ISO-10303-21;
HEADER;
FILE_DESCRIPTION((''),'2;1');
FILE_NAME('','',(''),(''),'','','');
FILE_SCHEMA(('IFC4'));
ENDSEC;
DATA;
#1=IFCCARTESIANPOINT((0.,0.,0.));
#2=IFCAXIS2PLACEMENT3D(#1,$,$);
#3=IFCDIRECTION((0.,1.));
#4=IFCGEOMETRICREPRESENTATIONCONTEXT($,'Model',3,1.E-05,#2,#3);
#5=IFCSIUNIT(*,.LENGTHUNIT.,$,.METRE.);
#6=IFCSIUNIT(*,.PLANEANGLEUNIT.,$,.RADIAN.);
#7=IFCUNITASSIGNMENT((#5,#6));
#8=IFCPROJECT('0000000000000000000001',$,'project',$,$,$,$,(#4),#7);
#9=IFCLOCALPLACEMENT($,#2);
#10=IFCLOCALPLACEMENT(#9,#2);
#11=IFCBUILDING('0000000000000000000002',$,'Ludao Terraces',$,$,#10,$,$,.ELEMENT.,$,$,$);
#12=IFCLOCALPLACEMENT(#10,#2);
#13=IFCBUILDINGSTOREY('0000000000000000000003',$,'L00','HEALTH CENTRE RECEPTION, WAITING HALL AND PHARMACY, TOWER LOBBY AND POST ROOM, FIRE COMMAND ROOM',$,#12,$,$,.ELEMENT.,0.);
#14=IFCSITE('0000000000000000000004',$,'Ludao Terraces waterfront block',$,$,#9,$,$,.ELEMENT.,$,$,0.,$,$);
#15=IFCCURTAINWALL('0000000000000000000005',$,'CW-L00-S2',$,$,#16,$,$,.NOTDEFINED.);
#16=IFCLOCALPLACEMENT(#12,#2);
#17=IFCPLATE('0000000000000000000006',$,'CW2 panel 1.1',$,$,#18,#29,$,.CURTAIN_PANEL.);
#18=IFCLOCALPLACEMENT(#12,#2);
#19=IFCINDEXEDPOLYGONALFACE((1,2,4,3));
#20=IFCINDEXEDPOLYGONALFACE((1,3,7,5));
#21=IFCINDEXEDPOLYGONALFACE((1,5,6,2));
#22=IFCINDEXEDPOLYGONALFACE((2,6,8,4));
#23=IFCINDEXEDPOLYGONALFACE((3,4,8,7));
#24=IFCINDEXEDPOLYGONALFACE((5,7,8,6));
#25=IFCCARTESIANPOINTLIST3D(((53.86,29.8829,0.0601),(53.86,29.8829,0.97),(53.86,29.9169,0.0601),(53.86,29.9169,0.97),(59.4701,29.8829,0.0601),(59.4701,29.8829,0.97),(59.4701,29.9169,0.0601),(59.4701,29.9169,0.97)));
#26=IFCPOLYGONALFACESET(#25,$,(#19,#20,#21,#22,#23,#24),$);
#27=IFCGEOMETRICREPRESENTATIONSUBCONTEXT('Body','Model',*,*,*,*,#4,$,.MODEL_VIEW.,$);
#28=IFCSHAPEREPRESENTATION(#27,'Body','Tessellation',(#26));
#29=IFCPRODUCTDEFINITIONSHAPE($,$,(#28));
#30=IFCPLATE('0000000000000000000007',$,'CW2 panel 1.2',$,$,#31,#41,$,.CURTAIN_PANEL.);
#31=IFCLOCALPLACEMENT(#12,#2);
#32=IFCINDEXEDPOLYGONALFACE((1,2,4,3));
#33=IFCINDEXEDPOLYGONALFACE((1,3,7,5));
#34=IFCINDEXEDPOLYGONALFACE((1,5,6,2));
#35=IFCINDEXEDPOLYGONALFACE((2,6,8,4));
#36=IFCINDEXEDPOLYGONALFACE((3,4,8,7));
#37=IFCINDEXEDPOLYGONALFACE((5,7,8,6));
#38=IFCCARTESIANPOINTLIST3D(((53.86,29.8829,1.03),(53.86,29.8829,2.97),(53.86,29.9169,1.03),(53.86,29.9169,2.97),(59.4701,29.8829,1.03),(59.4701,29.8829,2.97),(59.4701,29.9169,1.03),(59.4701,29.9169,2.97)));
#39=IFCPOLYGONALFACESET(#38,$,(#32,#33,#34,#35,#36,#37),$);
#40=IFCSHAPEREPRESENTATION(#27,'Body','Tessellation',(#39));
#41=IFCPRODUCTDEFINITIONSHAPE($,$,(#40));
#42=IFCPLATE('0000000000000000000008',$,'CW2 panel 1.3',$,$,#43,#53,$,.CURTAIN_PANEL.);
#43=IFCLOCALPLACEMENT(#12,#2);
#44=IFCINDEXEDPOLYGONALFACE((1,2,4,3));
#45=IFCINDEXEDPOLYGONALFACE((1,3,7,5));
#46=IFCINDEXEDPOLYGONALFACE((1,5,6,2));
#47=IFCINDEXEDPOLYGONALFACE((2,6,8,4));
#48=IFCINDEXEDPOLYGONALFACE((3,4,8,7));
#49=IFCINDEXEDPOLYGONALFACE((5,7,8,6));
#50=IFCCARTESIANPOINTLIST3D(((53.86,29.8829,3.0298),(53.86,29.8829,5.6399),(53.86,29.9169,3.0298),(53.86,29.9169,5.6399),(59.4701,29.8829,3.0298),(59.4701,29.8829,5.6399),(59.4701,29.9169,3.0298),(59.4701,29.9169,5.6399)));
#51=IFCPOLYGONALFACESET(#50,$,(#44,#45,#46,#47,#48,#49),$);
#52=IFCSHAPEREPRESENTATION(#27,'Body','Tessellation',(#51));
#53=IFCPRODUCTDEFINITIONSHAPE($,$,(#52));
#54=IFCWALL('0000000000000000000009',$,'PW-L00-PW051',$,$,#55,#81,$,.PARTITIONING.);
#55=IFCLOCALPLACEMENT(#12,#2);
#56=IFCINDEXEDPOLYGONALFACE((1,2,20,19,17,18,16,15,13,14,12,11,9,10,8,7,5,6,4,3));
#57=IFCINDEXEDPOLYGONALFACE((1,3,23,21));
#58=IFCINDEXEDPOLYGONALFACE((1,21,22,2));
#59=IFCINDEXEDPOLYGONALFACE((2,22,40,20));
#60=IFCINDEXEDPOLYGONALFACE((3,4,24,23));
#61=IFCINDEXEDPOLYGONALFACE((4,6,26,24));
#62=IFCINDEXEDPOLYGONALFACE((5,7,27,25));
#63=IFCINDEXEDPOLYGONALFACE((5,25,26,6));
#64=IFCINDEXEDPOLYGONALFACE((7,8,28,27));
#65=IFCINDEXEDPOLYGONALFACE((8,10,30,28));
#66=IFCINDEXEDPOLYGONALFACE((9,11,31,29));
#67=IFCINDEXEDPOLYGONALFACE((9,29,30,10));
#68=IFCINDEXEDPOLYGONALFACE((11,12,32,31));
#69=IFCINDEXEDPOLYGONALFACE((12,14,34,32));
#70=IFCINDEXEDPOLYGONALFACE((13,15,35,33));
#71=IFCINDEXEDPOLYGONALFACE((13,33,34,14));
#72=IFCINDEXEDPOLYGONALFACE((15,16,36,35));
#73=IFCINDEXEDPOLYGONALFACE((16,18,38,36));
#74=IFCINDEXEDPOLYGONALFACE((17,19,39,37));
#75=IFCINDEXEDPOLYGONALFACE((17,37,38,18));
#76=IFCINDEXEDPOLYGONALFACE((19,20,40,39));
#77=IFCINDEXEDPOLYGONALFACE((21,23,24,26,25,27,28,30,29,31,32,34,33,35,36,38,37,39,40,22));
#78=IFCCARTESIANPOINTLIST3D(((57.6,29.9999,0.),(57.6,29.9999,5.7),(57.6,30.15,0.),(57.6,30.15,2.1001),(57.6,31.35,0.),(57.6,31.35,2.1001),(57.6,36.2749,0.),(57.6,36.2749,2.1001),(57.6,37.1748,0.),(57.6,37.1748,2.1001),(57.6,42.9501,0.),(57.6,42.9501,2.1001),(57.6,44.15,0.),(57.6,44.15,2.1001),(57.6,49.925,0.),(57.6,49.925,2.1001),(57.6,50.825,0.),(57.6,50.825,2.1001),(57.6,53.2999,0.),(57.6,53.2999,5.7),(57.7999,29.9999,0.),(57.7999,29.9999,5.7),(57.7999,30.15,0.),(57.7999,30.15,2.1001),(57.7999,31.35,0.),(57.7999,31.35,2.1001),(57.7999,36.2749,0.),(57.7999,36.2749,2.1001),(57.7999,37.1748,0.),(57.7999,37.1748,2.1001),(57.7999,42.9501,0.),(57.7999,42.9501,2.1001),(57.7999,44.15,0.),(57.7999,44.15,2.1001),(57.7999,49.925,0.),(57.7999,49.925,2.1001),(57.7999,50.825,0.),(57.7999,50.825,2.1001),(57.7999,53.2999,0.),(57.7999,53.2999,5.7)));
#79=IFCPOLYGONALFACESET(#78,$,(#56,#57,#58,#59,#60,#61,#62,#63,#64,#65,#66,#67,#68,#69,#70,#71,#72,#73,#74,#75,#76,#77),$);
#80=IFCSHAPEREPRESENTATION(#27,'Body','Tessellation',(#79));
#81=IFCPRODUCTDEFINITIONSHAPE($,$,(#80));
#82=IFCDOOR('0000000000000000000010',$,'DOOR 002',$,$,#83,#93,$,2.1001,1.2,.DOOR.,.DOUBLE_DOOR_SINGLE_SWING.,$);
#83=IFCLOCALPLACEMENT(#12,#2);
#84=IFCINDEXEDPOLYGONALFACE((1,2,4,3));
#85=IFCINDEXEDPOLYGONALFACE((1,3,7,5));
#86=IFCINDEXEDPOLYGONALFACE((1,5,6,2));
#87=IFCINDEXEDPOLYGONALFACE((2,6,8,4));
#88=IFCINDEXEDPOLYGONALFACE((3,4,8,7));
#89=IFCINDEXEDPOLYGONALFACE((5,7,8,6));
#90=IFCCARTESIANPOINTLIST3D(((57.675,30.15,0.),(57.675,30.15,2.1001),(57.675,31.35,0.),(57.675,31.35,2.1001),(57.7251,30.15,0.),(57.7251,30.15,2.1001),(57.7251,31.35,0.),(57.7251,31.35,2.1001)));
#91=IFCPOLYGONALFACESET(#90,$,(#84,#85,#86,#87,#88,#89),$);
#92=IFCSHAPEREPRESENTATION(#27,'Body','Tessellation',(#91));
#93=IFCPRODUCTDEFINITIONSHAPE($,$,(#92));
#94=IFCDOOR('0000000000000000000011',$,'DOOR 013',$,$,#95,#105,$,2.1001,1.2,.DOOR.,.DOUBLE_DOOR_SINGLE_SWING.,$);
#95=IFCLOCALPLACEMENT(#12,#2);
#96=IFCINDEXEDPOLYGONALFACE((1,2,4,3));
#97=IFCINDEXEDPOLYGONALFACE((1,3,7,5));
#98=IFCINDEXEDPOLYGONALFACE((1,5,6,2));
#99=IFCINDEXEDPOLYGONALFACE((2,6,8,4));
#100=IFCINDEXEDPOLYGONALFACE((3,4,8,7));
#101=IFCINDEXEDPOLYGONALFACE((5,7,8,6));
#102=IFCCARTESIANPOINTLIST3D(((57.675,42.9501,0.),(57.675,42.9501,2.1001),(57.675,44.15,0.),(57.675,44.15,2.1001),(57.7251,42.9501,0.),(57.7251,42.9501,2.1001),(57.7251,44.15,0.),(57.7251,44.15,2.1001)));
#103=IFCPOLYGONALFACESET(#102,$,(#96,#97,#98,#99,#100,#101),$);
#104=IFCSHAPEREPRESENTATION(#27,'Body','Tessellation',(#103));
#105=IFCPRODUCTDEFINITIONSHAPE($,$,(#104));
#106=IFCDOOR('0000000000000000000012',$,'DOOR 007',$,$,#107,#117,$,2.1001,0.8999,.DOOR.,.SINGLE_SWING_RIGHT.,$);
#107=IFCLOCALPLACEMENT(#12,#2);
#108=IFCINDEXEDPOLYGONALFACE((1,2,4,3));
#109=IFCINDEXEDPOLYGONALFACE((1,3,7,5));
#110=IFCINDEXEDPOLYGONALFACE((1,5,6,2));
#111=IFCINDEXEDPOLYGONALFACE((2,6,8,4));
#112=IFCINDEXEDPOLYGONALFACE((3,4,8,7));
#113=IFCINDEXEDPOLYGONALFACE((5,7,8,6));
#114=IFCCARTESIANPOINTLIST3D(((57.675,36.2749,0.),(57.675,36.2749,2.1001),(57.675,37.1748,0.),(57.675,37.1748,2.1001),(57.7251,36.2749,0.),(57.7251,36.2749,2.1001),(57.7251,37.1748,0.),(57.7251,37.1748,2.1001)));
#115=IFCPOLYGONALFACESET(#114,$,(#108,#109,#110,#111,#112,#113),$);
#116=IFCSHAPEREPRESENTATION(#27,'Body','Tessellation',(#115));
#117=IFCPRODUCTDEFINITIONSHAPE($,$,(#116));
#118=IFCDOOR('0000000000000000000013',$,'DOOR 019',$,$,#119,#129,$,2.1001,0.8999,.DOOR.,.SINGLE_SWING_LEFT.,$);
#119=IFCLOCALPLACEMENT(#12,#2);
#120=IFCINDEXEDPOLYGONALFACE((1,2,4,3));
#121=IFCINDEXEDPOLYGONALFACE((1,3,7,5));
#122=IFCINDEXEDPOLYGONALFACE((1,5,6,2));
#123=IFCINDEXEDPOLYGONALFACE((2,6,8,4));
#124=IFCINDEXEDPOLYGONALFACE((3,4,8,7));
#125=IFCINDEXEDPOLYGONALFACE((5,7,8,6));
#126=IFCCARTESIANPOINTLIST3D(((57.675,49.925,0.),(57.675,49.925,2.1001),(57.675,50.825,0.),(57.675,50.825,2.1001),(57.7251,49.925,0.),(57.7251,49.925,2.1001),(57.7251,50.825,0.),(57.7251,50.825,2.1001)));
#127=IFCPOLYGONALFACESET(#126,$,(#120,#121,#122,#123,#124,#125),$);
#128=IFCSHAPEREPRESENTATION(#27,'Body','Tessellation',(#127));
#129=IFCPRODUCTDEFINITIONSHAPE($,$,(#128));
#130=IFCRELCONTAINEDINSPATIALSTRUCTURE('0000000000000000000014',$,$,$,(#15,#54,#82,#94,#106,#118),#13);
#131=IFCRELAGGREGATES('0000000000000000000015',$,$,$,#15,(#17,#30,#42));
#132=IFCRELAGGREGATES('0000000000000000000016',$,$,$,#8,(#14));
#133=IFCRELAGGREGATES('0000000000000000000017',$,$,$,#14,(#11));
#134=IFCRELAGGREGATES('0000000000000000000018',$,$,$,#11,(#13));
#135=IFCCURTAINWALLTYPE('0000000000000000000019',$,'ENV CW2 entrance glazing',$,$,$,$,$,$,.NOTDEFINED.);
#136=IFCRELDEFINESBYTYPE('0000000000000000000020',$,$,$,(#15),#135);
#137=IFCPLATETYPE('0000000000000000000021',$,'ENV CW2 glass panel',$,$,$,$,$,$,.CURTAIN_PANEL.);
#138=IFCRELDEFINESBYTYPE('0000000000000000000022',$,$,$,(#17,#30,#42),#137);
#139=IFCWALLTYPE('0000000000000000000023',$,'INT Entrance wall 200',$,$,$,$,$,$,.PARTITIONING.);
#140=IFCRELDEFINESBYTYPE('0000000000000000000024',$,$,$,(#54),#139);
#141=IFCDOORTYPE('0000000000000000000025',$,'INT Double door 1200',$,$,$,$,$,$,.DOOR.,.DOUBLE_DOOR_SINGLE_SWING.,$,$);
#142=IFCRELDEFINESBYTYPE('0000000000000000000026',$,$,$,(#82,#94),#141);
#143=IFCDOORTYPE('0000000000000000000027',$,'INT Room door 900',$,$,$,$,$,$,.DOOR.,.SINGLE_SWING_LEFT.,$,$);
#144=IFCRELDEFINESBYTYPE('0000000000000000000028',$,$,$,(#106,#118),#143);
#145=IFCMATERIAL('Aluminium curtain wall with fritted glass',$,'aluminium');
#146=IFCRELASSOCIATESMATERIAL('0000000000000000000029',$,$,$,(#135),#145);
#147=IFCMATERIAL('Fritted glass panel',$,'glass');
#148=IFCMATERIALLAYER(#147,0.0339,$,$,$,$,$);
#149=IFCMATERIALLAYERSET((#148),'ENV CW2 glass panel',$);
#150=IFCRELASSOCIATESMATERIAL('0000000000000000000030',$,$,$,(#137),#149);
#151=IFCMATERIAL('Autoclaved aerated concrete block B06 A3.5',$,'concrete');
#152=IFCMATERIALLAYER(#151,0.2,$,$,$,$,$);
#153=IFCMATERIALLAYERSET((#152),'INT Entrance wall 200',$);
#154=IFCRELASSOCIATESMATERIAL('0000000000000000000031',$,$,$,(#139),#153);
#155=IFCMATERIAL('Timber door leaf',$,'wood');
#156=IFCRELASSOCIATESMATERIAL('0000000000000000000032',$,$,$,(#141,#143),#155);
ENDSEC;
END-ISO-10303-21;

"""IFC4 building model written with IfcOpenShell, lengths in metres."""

from ifc_helpers import new_model, si_unit, direction, frame, frame_2d, origin, origin_2d, place, context, subcontext, project, spatial, rectangle, extrude, material, layer, layer_set, type_object, element, fill, aggregate, save


model = new_model("IFC4")

# Units and contexts
model_context = context("Model", 3, precision=1e-05, world=origin(), true_north=direction((0.0, 1.0)))
body_context = subcontext(model_context, "Body", "Model", "MODEL_VIEW")
ifc_project = project(units=[si_unit("LENGTHUNIT", "METRE"), si_unit("PLANEANGLEUNIT", "RADIAN")], contexts=[model_context])

# Site, building, storey
site_placement = place(None, origin())
site = spatial("IfcSite", under=ifc_project, at=site_placement, Name="Ludao Terraces waterfront block", CompositionType="ELEMENT", RefElevation=0.0)
building_placement = place(site_placement, origin())
building = spatial("IfcBuilding", under=site, at=building_placement, Name="Ludao Terraces", CompositionType="ELEMENT")
storey_placement = place(building_placement, origin())
storey = spatial("IfcBuildingStorey", under=building, at=storey_placement, Name="L00", Description="HEALTH CENTRE RECEPTION, WAITING HALL AND PHARMACY, TOWER LOBBY AND POST ROOM, FIRE COMMAND ROOM", CompositionType="ELEMENT", Elevation=0.0)

# Curtain wall, plates
ifc_material_1 = material(Name="Aluminium curtain wall with fritted glass", Category="aluminium")
curtain_wall_type = type_object("IfcCurtainWallType", Name="ENV CW2 entrance glazing", PredefinedType="NOTDEFINED", material=ifc_material_1)
curtain_wall_placement = place(storey_placement, origin())
curtain_wall = element("IfcCurtainWall", 1, at=curtain_wall_placement, inside=storey, type_object=curtain_wall_type, Name="CW-L00-S2", PredefinedType="NOTDEFINED")
ifc_material_2 = material(Name="Fritted glass panel", Category="glass")
ifc_layer_1 = layer(ifc_material_2, 0.0339)
ifc_layer_set_1 = layer_set([ifc_layer_1], Name="ENV CW2 glass panel")
plate_type = type_object("IfcPlateType", Name="ENV CW2 glass panel", PredefinedType="CURTAIN_PANEL", material=ifc_layer_set_1)
plate_1_placement = place(storey_placement, frame((56.665, 29.8999, 0.0601), z_axis=(0.0, 0.0, 1.0), x_axis=(1.0, 0.0, 0.0)))
plate_1 = element("IfcPlate", 2, at=plate_1_placement, type_object=plate_type, Name="CW2 panel 1.1", PredefinedType="CURTAIN_PANEL", context=body_context, shape_type="SweptSolid", body=[
    extrude(rectangle(XDim=5.6101, YDim=0.0339, at=origin_2d()), origin(), (0.0, 0.0, 1.0), 0.9099),
])
plate_2_placement = place(storey_placement, frame((56.665, 29.8999, 1.03), z_axis=(0.0, 0.0, 1.0), x_axis=(1.0, 0.0, 0.0)))
plate_2 = element("IfcPlate", 3, at=plate_2_placement, type_object=plate_type, Name="CW2 panel 1.2", PredefinedType="CURTAIN_PANEL", context=body_context, shape_type="SweptSolid", body=[
    extrude(rectangle(XDim=5.6101, YDim=0.0339, at=origin_2d()), origin(), (0.0, 0.0, 1.0), 1.9399),
])
plate_3_placement = place(storey_placement, frame((56.665, 29.8999, 3.0298), z_axis=(0.0, 0.0, 1.0), x_axis=(1.0, 0.0, 0.0)))
plate_3 = element("IfcPlate", 4, at=plate_3_placement, type_object=plate_type, Name="CW2 panel 1.3", PredefinedType="CURTAIN_PANEL", context=body_context, shape_type="SweptSolid", body=[
    extrude(rectangle(XDim=5.6101, YDim=0.0339, at=origin_2d()), origin(), (0.0, 0.0, 1.0), 2.6101),
])
aggregate(curtain_wall, [plate_1, plate_2, plate_3])

# Wall, openings, doors
ifc_material_3 = material(Name="Autoclaved aerated concrete block B06 A3.5", Category="concrete")
ifc_layer_2 = layer(ifc_material_3, 0.2)
ifc_layer_set_2 = layer_set([ifc_layer_2], Name="INT Entrance wall 200")
wall_type_1 = type_object("IfcWallType", Name="INT Entrance wall 200", PredefinedType="PARTITIONING", material=ifc_layer_set_2)
wall_1_placement = place(storey_placement, frame((57.7, 30.0, 0.0), z_axis=(0.0, 0.0, 1.0), x_axis=(0.0, 1.0, 0.0)))
wall_1 = element("IfcWall", 5, at=wall_1_placement, inside=storey, type_object=wall_type_1, Name="PW-L00-PW051", PredefinedType="PARTITIONING", context=body_context, shape_type="SweptSolid", body=[
    extrude(rectangle(XDim=23.3, YDim=0.2, at=frame_2d((11.6499, 0.0))), origin(), (0.0, 0.0, 1.0), 5.7),
])
opening_1_placement = place(wall_1_placement, frame((0.1499, 0.0, 0.0)))
opening_1 = element("IfcOpeningElement", 6, at=opening_1_placement, cuts=wall_1, PredefinedType="OPENING", context=body_context, shape_type="SweptSolid", body=[
    extrude(rectangle(XDim=1.2, YDim=2.1001, at=frame_2d((0.6001, 1.05))), frame((0.0, 0.1099, 0.0), z_axis=(0.0, -1.0, 0.0), x_axis=(1.0, 0.0, 0.0)), (0.0, 0.0, 1.0), 0.22),
])
opening_2_placement = place(wall_1_placement, frame((6.2749, 0.0, 0.0)))
opening_2 = element("IfcOpeningElement", 7, at=opening_2_placement, cuts=wall_1, PredefinedType="OPENING", context=body_context, shape_type="SweptSolid", body=[
    extrude(rectangle(XDim=0.8999, YDim=2.1001, at=frame_2d((0.45, 1.05))), frame((0.0, 0.1099, 0.0), z_axis=(0.0, -1.0, 0.0), x_axis=(1.0, 0.0, 0.0)), (0.0, 0.0, 1.0), 0.22),
])
opening_3_placement = place(wall_1_placement, frame((12.95, 0.0, 0.0)))
opening_3 = element("IfcOpeningElement", 8, at=opening_3_placement, cuts=wall_1, PredefinedType="OPENING", context=body_context, shape_type="SweptSolid", body=[
    extrude(rectangle(XDim=1.2, YDim=2.1001, at=frame_2d((0.6001, 1.05))), frame((0.0, 0.1099, 0.0), z_axis=(0.0, -1.0, 0.0), x_axis=(1.0, 0.0, 0.0)), (0.0, 0.0, 1.0), 0.22),
])
opening_4_placement = place(wall_1_placement, frame((19.925, 0.0, 0.0)))
opening_4 = element("IfcOpeningElement", 9, at=opening_4_placement, cuts=wall_1, PredefinedType="OPENING", context=body_context, shape_type="SweptSolid", body=[
    extrude(rectangle(XDim=0.8999, YDim=2.1001, at=frame_2d((0.45, 1.05))), frame((0.0, 0.1099, 0.0), z_axis=(0.0, -1.0, 0.0), x_axis=(1.0, 0.0, 0.0)), (0.0, 0.0, 1.0), 0.22),
])
ifc_material_4 = material(Name="Timber door leaf", Category="wood")
door_type_1 = type_object("IfcDoorType", Name="INT Double door 1200", OperationType="DOUBLE_DOOR_SINGLE_SWING", PredefinedType="DOOR", material=ifc_material_4)
door_1_placement = place(opening_1_placement, origin())
door_1 = element("IfcDoor", 10, at=door_1_placement, inside=storey, type_object=door_type_1, Name="DOOR 002", OperationType="DOUBLE_DOOR_SINGLE_SWING", OverallHeight=2.1001, OverallWidth=1.2, PredefinedType="DOOR", context=body_context, shape_type="SweptSolid", body=[
    extrude(rectangle(XDim=1.2, YDim=2.1001, at=frame_2d((0.6001, 1.05))), frame((0.0, 0.0249, 0.0), z_axis=(0.0, -1.0, 0.0), x_axis=(1.0, 0.0, 0.0)), (0.0, 0.0, 1.0), 0.05),
])
fill(opening_1, door_1)
door_2_placement = place(opening_3_placement, origin())
door_2 = element("IfcDoor", 11, at=door_2_placement, inside=storey, type_object=door_type_1, Name="DOOR 013", OperationType="DOUBLE_DOOR_SINGLE_SWING", OverallHeight=2.1001, OverallWidth=1.2, PredefinedType="DOOR", context=body_context, shape_type="SweptSolid", body=[
    extrude(rectangle(XDim=1.2, YDim=2.1001, at=frame_2d((0.6001, 1.05))), frame((0.0, 0.0249, 0.0), z_axis=(0.0, -1.0, 0.0), x_axis=(1.0, 0.0, 0.0)), (0.0, 0.0, 1.0), 0.05),
])
fill(opening_3, door_2)
door_type_2 = type_object("IfcDoorType", Name="INT Room door 900", OperationType="SINGLE_SWING_LEFT", PredefinedType="DOOR", material=ifc_material_4)
door_3_placement = place(opening_2_placement, origin())
door_3 = element("IfcDoor", 12, at=door_3_placement, inside=storey, type_object=door_type_2, Name="DOOR 007", OperationType="SINGLE_SWING_RIGHT", OverallHeight=2.1001, OverallWidth=0.8999, PredefinedType="DOOR", context=body_context, shape_type="SweptSolid", body=[
    extrude(rectangle(XDim=0.8999, YDim=2.1001, at=frame_2d((0.45, 1.05))), frame((0.0, 0.0249, 0.0), z_axis=(0.0, -1.0, 0.0), x_axis=(1.0, 0.0, 0.0)), (0.0, 0.0, 1.0), 0.05),
])
fill(opening_2, door_3)
door_4_placement = place(opening_4_placement, origin())
door_4 = element("IfcDoor", 13, at=door_4_placement, inside=storey, type_object=door_type_2, Name="DOOR 019", OperationType="SINGLE_SWING_LEFT", OverallHeight=2.1001, OverallWidth=0.8999, PredefinedType="DOOR", context=body_context, shape_type="SweptSolid", body=[
    extrude(rectangle(XDim=0.8999, YDim=2.1001, at=frame_2d((0.45, 1.05))), frame((0.0, 0.0249, 0.0), z_axis=(0.0, -1.0, 0.0), x_axis=(1.0, 0.0, 0.0)), (0.0, 0.0, 1.0), 0.05),
])
fill(opening_4, door_4)

save(model, "model.ifc")
